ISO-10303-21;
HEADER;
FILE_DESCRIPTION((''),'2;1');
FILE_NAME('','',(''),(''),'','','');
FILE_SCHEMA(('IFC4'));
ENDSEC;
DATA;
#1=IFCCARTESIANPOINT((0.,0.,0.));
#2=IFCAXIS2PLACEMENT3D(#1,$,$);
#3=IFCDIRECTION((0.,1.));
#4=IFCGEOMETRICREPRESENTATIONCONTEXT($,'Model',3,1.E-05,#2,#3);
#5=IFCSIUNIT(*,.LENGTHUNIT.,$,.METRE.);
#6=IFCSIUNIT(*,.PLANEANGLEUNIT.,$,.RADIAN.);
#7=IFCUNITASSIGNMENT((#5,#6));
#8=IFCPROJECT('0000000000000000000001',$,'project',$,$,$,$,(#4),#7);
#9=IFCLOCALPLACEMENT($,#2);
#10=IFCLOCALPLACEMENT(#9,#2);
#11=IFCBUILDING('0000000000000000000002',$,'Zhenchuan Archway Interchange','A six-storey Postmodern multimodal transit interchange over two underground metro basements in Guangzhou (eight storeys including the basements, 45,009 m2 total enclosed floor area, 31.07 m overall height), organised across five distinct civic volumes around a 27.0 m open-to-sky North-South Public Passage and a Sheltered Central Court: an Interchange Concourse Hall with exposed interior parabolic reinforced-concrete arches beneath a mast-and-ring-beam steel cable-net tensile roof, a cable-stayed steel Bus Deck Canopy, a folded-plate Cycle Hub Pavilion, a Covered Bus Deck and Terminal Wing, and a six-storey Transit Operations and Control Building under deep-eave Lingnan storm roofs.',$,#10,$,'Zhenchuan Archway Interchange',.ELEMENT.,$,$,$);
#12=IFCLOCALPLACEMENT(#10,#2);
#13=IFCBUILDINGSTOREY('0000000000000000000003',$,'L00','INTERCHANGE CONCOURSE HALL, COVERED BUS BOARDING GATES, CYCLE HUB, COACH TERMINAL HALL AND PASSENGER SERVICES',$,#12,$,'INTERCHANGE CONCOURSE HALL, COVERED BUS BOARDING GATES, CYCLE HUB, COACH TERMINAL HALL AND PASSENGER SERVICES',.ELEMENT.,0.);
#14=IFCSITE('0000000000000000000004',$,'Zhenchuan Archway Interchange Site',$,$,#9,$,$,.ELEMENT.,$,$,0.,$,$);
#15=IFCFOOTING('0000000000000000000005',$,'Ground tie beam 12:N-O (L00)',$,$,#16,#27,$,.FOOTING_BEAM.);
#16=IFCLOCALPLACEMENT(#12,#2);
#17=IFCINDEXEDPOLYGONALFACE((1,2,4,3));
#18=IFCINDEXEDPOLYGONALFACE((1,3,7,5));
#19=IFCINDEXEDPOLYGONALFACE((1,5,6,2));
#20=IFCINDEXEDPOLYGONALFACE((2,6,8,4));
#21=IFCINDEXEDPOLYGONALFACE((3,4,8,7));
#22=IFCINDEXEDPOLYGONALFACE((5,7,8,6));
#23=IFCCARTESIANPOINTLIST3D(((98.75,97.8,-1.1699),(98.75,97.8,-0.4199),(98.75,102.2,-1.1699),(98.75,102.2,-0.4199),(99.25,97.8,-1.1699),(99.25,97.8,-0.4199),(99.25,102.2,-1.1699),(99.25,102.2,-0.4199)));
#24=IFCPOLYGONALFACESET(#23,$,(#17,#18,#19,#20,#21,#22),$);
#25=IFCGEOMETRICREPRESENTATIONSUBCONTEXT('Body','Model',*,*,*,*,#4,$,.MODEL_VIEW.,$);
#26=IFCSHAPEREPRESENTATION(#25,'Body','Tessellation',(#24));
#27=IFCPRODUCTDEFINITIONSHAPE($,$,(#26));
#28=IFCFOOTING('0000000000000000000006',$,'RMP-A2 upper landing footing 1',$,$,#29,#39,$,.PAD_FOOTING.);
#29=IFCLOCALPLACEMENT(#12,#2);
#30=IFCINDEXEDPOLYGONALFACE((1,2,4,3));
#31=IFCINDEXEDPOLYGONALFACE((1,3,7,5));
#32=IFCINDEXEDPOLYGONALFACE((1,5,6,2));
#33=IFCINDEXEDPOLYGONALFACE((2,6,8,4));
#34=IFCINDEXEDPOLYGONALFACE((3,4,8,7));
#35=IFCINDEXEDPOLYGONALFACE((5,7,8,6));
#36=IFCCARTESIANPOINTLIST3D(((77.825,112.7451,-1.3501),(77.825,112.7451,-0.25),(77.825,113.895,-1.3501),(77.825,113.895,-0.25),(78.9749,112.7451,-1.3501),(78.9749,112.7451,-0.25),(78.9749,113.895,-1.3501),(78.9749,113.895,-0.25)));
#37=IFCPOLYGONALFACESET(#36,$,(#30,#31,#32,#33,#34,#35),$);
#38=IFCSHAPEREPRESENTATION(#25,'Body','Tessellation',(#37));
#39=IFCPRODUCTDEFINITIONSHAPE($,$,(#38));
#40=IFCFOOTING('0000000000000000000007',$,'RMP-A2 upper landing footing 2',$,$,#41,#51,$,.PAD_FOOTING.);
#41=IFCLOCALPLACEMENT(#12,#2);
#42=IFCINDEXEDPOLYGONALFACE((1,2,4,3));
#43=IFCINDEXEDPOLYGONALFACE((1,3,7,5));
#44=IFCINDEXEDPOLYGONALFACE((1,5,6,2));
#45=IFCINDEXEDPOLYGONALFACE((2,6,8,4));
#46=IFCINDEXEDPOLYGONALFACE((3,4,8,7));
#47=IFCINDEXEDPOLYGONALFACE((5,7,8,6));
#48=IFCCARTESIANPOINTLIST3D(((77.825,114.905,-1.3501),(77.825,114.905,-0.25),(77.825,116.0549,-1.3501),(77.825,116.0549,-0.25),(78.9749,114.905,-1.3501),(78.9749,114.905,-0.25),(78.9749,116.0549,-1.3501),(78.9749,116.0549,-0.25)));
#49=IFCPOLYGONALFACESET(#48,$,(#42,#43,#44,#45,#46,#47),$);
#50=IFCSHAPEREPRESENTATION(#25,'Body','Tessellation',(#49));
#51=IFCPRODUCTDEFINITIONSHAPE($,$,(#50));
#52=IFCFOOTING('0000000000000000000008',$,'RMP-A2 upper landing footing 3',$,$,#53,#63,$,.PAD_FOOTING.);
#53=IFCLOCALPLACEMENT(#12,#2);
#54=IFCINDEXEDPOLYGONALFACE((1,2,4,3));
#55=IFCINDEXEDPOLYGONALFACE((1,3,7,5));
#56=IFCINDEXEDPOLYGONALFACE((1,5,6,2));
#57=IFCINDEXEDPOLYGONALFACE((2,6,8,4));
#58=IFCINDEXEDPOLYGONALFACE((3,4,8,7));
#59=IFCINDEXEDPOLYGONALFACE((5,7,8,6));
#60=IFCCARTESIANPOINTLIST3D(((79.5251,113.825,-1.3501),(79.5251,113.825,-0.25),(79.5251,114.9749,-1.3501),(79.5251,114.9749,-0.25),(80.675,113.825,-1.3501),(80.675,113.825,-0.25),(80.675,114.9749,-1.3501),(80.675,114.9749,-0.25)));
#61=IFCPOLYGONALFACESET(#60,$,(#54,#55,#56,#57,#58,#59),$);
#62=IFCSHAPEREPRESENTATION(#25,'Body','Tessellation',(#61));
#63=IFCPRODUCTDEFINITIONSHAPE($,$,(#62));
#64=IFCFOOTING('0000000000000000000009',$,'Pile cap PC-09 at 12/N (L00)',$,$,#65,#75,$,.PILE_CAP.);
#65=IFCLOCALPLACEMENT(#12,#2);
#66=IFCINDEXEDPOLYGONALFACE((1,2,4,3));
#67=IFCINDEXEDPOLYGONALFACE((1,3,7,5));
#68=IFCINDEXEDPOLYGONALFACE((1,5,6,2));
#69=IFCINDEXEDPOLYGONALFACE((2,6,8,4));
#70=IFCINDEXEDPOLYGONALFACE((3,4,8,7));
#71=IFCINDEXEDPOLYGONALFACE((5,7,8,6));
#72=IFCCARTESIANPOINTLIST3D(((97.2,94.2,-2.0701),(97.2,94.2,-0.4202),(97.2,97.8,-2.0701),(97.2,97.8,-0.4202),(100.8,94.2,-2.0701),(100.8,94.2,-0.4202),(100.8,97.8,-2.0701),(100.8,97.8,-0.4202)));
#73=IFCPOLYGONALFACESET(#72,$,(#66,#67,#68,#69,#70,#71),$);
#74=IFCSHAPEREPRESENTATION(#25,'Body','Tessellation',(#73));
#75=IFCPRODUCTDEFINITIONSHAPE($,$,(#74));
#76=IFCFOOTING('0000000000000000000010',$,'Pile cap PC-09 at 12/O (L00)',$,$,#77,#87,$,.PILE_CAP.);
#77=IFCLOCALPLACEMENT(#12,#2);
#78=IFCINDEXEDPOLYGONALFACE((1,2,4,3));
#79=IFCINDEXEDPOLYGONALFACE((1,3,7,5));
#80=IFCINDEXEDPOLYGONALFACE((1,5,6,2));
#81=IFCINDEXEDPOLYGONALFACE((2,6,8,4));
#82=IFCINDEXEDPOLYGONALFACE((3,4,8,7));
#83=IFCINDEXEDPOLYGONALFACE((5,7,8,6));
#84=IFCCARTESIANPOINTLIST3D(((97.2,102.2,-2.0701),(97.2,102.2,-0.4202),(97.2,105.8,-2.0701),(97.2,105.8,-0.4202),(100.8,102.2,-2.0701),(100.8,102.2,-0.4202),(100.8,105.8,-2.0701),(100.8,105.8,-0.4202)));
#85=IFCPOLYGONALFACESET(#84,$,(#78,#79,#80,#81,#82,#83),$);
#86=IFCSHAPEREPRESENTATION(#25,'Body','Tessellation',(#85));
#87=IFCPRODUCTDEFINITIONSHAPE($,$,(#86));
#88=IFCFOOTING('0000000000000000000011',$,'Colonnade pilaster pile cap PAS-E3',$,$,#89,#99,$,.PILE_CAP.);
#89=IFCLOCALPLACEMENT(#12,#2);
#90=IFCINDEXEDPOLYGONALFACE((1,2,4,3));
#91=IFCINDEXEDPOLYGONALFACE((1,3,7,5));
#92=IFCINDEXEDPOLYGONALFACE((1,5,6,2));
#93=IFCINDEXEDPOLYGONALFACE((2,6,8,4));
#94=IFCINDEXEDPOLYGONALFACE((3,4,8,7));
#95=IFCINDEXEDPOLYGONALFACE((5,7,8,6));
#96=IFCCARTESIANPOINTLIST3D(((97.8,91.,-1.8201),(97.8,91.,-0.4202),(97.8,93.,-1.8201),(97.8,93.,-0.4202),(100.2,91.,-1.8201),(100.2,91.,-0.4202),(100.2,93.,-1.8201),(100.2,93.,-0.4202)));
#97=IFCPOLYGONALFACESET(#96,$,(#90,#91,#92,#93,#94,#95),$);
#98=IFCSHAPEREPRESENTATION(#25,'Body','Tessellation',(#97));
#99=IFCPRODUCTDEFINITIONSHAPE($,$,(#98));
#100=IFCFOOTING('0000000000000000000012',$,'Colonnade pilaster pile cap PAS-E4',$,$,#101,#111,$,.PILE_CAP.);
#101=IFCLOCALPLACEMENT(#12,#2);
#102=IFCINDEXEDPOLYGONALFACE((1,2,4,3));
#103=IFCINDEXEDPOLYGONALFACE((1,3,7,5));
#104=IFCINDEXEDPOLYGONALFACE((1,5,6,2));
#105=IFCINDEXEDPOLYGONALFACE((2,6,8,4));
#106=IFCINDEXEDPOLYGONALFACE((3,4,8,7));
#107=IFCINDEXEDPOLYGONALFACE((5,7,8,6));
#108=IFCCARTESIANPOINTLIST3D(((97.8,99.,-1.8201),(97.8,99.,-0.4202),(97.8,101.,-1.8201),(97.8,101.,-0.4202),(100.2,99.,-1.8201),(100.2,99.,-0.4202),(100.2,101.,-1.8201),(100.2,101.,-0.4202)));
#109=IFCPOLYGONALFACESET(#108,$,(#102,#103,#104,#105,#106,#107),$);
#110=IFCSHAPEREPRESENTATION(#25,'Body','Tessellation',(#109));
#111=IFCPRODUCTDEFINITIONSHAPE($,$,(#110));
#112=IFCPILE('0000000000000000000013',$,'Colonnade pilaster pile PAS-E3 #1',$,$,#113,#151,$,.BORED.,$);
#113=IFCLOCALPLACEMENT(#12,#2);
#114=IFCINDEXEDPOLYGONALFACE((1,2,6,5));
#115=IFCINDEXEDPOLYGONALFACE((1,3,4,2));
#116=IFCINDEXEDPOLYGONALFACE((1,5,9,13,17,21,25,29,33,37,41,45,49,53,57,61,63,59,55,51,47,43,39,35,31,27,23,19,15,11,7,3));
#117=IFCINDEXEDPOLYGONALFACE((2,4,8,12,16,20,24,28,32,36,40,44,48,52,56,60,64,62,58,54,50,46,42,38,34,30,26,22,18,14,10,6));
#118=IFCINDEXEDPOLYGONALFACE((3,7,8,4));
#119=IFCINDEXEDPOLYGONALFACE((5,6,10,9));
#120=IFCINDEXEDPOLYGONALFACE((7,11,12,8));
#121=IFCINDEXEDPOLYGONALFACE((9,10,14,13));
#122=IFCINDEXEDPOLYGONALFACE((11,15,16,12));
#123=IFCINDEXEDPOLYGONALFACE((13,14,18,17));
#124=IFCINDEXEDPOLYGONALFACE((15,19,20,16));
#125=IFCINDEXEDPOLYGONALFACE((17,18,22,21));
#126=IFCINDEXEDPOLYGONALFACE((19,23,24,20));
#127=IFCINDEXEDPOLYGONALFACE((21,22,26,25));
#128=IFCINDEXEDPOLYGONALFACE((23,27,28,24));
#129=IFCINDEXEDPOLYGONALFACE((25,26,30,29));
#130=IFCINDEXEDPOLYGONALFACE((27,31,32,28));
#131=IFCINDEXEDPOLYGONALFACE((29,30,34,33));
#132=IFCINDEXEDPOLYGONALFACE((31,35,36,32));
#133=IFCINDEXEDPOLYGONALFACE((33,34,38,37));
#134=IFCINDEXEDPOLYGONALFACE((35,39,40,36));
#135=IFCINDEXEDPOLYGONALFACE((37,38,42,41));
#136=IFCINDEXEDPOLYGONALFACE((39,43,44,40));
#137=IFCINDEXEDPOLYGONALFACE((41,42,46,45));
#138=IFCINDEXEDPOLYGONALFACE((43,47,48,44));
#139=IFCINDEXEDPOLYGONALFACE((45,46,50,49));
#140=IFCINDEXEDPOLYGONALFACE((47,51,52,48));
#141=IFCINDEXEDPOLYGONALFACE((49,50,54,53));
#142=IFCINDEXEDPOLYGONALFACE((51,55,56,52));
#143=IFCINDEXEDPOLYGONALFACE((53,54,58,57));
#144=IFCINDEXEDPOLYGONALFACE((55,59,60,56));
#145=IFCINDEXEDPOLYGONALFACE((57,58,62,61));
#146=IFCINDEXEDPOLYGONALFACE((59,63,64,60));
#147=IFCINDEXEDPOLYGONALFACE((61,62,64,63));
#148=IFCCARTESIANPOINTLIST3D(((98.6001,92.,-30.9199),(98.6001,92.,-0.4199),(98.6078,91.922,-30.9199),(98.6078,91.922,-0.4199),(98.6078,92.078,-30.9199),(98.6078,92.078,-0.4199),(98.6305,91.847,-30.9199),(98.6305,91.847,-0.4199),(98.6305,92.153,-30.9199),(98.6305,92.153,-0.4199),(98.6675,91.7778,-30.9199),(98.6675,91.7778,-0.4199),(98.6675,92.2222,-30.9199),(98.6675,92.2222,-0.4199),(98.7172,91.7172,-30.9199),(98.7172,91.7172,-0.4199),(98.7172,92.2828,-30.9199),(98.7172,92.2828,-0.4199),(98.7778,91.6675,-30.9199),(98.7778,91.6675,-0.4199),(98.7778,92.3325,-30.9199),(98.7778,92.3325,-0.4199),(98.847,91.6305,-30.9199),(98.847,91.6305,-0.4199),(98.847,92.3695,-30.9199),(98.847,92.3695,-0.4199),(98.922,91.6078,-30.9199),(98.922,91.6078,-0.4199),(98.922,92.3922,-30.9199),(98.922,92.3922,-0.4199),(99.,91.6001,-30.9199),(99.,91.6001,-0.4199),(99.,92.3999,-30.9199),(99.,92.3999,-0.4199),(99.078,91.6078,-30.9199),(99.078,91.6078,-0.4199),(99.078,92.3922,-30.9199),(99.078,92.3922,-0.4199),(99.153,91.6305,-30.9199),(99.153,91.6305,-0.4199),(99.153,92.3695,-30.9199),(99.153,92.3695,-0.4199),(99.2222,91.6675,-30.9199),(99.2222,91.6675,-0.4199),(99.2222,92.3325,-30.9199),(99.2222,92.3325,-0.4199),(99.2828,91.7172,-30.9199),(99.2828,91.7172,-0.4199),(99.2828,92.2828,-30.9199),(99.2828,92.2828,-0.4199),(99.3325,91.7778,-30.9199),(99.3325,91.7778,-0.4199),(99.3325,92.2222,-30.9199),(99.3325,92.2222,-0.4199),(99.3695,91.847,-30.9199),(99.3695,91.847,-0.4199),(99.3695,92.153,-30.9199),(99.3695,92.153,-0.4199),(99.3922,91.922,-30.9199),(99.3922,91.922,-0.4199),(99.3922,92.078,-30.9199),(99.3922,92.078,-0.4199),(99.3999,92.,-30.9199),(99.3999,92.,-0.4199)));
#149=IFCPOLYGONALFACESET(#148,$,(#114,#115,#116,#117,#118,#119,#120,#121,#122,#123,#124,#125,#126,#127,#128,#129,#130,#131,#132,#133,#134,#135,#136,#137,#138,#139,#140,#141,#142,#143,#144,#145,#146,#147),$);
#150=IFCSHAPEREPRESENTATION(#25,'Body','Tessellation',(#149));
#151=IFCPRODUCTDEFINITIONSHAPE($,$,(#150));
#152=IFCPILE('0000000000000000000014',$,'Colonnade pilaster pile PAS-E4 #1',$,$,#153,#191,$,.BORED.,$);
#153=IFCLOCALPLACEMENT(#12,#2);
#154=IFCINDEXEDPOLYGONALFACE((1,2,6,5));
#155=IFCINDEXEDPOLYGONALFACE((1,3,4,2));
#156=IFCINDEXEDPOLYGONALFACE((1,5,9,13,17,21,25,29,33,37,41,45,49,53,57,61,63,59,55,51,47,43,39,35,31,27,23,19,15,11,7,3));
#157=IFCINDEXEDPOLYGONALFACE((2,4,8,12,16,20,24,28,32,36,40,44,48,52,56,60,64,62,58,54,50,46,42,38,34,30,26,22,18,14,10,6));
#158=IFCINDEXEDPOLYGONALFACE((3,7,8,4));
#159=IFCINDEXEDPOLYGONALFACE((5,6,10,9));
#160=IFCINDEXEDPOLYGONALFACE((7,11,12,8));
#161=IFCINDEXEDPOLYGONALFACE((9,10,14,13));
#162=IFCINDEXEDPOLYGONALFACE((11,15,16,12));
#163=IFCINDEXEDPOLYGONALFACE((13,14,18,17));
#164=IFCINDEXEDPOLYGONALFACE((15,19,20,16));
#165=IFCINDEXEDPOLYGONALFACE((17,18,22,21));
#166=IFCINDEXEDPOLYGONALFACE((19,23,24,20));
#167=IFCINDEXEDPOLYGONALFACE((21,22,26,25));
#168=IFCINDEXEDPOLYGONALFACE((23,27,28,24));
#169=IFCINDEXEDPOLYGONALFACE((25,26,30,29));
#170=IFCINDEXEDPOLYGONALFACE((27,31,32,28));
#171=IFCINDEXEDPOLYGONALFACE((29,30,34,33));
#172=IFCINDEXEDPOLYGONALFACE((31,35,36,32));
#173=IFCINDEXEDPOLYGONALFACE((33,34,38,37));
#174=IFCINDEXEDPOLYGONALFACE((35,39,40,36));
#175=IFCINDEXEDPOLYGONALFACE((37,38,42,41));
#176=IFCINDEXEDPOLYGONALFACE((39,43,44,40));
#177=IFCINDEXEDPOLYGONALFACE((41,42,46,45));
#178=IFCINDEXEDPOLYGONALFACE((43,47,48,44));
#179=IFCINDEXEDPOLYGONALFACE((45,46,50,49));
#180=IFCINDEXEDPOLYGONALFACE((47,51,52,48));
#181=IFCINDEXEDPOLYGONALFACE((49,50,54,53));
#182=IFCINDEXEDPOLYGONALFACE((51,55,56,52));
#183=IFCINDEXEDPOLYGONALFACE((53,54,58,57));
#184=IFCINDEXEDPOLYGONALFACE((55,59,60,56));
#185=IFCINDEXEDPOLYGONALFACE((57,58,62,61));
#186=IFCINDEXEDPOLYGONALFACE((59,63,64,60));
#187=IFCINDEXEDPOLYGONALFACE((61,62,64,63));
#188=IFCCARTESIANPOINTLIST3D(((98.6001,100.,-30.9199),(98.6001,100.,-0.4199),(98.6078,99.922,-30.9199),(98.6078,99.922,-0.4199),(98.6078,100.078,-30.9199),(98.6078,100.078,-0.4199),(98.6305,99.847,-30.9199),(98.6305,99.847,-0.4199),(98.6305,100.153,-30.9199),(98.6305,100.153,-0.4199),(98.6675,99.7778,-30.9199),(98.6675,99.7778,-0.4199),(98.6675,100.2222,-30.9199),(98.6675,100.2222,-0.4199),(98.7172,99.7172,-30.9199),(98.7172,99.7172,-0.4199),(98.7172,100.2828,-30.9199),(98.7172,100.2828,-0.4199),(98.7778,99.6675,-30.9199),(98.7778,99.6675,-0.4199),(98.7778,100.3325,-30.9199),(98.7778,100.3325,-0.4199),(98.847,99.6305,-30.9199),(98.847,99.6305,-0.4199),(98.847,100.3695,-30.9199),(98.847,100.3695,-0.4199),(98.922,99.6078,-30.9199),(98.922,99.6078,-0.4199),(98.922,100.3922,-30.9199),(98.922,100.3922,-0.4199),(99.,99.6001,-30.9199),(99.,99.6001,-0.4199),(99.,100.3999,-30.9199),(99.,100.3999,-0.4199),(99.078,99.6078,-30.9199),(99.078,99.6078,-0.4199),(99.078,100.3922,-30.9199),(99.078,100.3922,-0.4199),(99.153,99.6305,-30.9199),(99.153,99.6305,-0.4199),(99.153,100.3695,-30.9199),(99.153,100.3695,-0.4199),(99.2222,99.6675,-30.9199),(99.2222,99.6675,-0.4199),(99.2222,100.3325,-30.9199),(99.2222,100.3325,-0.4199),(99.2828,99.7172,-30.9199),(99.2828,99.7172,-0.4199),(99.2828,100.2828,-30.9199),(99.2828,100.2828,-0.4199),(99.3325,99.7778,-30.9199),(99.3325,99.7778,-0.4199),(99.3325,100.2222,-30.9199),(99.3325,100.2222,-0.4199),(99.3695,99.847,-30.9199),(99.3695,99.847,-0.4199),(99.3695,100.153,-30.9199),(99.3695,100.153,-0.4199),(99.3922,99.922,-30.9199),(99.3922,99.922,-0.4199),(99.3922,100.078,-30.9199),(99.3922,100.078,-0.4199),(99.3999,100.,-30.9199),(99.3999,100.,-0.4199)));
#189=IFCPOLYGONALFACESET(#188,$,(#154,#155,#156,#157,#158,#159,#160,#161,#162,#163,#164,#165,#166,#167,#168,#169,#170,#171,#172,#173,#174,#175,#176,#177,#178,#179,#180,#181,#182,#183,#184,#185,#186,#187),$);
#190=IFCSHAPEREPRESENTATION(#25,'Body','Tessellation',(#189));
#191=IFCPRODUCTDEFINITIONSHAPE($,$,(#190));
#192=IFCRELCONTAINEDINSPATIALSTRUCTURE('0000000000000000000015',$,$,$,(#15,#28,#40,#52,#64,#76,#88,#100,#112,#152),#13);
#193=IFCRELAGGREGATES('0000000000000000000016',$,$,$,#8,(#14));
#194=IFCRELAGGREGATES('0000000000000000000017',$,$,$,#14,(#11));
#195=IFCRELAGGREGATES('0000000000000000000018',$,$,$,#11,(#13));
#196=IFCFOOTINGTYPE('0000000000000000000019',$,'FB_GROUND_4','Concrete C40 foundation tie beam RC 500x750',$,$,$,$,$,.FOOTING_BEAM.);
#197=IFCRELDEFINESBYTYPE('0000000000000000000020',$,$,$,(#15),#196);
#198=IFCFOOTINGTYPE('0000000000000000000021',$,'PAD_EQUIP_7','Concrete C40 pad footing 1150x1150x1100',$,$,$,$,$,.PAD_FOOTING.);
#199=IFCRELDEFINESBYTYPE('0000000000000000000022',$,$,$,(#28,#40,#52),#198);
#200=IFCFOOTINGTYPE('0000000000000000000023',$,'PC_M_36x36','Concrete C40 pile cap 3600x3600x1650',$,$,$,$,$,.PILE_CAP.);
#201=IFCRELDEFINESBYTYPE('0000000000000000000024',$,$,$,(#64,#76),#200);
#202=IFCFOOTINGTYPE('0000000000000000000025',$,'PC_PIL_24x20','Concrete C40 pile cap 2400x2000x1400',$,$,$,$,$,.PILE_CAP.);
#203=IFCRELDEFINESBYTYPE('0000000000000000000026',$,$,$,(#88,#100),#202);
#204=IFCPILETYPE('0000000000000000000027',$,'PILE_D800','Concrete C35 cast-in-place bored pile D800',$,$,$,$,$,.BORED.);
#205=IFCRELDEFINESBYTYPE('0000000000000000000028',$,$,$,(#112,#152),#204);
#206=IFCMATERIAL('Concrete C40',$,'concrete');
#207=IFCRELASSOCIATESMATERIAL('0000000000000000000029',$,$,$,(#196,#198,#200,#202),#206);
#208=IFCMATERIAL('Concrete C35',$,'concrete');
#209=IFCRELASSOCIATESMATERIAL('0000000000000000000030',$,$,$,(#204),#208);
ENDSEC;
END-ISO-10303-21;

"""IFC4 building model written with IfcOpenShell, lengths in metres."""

from ifc_helpers import new_model, si_unit, direction, frame, origin, origin_2d, place, context, subcontext, project, spatial, rectangle, circle, extrude, material, material_profile, profile_set, type_object, element, save


model = new_model("IFC4")

# Units and contexts
model_context = context("Model", 3, precision=1e-05, world=origin(), true_north=direction((0.0, 1.0)))
body_context = subcontext(model_context, "Body", "Model", "MODEL_VIEW")
ifc_project = project(units=[si_unit("LENGTHUNIT", "METRE"), si_unit("PLANEANGLEUNIT", "RADIAN")], contexts=[model_context])

# Site, building, storey
site_placement = place(None, origin())
site = spatial("IfcSite", under=ifc_project, at=site_placement, Name="Zhenchuan Archway Interchange Site", CompositionType="ELEMENT", RefElevation=0.0)
building_placement = place(site_placement, origin())
building = spatial("IfcBuilding", under=site, at=building_placement, Name="Zhenchuan Archway Interchange", Description="A six-storey Postmodern multimodal transit interchange over two underground metro basements in Guangzhou (eight storeys including the basements, 45,009 m2 total enclosed floor area, 31.07 m overall height), organised across five distinct civic volumes around a 27.0 m open-to-sky North-South Public Passage and a Sheltered Central Court: an Interchange Concourse Hall with exposed interior parabolic reinforced-concrete arches beneath a mast-and-ring-beam steel cable-net tensile roof, a cable-stayed steel Bus Deck Canopy, a folded-plate Cycle Hub Pavilion, a Covered Bus Deck and Terminal Wing, and a six-storey Transit Operations and Control Building under deep-eave Lingnan storm roofs.", LongName="Zhenchuan Archway Interchange", CompositionType="ELEMENT")
storey_placement = place(building_placement, origin())
storey = spatial("IfcBuildingStorey", under=building, at=storey_placement, Name="L00", Description="INTERCHANGE CONCOURSE HALL, COVERED BUS BOARDING GATES, CYCLE HUB, COACH TERMINAL HALL AND PASSENGER SERVICES", LongName="INTERCHANGE CONCOURSE HALL, COVERED BUS BOARDING GATES, CYCLE HUB, COACH TERMINAL HALL AND PASSENGER SERVICES", CompositionType="ELEMENT", Elevation=0.0)

# Footings
ifc_material_1 = material(Name="Concrete C40", Category="concrete")
ifc_material_profile_1 = material_profile(ifc_material_1, rectangle(XDim=0.5, YDim=0.75, at=origin_2d()), Name="RC 500x750")
ifc_profile_set_1 = profile_set([ifc_material_profile_1], Name="Concrete C40")
footing_type_1 = type_object("IfcFootingType", Name="FB_GROUND_4", Description="Concrete C40 foundation tie beam RC 500x750", PredefinedType="FOOTING_BEAM", material=ifc_profile_set_1)
footing_placement = place(storey_placement, frame((99.0, 97.8, -0.7949), z_axis=(0.0, 1.0, 0.0), x_axis=(-1.0, 0.0, 0.0)))
element("IfcFooting", 1, at=footing_placement, inside=storey, type_object=footing_type_1, Name="Ground tie beam 12:N-O (L00)", PredefinedType="FOOTING_BEAM", context=body_context, shape_type="SweptSolid", body=[
    extrude(rectangle(XDim=0.5, YDim=0.75, at=origin_2d()), origin(), (0.0, 0.0, 1.0), 4.3999),
])
footing_type_2 = type_object("IfcFootingType", Name="PAD_EQUIP_7", Description="Concrete C40 pad footing 1150x1150x1100", PredefinedType="PAD_FOOTING", material=ifc_material_1)
for number, where, z_axis, x_axis, name in (
    (2, (78.3999, 113.3201, -1.3501), (0.0, 0.0, 1.0), (1.0, 0.0, 0.0), "RMP-A2 upper landing footing 1"),
    (3, (78.3999, 115.48, -1.3501), (0.0, 0.0, 1.0), (1.0, 0.0, 0.0), "RMP-A2 upper landing footing 2"),
    (4, (80.1001, 114.3999, -1.3501), (0.0, 0.0, 1.0), (1.0, 0.0, 0.0), "RMP-A2 upper landing footing 3"),
):
    element("IfcFooting", number, at=place(storey_placement, frame(where, z_axis=z_axis, x_axis=x_axis)), inside=storey, type_object=footing_type_2, Name=name, PredefinedType="PAD_FOOTING", context=body_context, shape_type="SweptSolid", body=[
        extrude(rectangle(XDim=1.1499, YDim=1.1499, at=origin_2d()), origin(), (0.0, 0.0, 1.0), 1.1001),
    ])
footing_type_3 = type_object("IfcFootingType", Name="PC_M_36x36", Description="Concrete C40 pile cap 3600x3600x1650", PredefinedType="PILE_CAP", material=ifc_material_1)
for number, where, z_axis, x_axis, name in (
    (5, (99.0, 96.0, -2.0701), (0.0, 0.0, 1.0), (1.0, 0.0, 0.0), "Pile cap PC-09 at 12/N (L00)"),
    (6, (99.0, 104.0, -2.0701), (0.0, 0.0, 1.0), (1.0, 0.0, 0.0), "Pile cap PC-09 at 12/O (L00)"),
):
    element("IfcFooting", number, at=place(storey_placement, frame(where, z_axis=z_axis, x_axis=x_axis)), inside=storey, type_object=footing_type_3, Name=name, PredefinedType="PILE_CAP", context=body_context, shape_type="SweptSolid", body=[
        extrude(rectangle(XDim=3.6001, YDim=3.6001, at=origin_2d()), origin(), (0.0, 0.0, 1.0), 1.6499),
    ])
footing_type_4 = type_object("IfcFootingType", Name="PC_PIL_24x20", Description="Concrete C40 pile cap 2400x2000x1400", PredefinedType="PILE_CAP", material=ifc_material_1)
for number, where, z_axis, x_axis, name in (
    (7, (99.0, 92.0, -1.8201), (0.0, 0.0, 1.0), (1.0, 0.0, 0.0), "Colonnade pilaster pile cap PAS-E3"),
    (8, (99.0, 100.0, -1.8201), (0.0, 0.0, 1.0), (1.0, 0.0, 0.0), "Colonnade pilaster pile cap PAS-E4"),
):
    element("IfcFooting", number, at=place(storey_placement, frame(where, z_axis=z_axis, x_axis=x_axis)), inside=storey, type_object=footing_type_4, Name=name, PredefinedType="PILE_CAP", context=body_context, shape_type="SweptSolid", body=[
        extrude(rectangle(XDim=2.3999, YDim=2.0, at=origin_2d()), origin(), (0.0, 0.0, 1.0), 1.3999),
    ])

# Piles
ifc_material_2 = material(Name="Concrete C35", Category="concrete")
ifc_material_profile_2 = material_profile(ifc_material_2, circle(Radius=0.3999, at=origin_2d()), Name="BORED PILE 800")
ifc_profile_set_2 = profile_set([ifc_material_profile_2], Name="Concrete C35")
pile_type_1 = type_object("IfcPileType", Name="PILE_D800", Description="Concrete C35 cast-in-place bored pile D800", PredefinedType="BORED", material=ifc_profile_set_2)
for number, where, z_axis, x_axis, name in (
    (9, (99.0, 92.0, -0.4199), (0.0, 0.0, -1.0), (1.0, 0.0, 0.0), "Colonnade pilaster pile PAS-E3 #1"),
    (10, (99.0, 100.0, -0.4199), (0.0, 0.0, -1.0), (1.0, 0.0, 0.0), "Colonnade pilaster pile PAS-E4 #1"),
):
    element("IfcPile", number, at=place(storey_placement, frame(where, z_axis=z_axis, x_axis=x_axis)), inside=storey, type_object=pile_type_1, Name=name, PredefinedType="BORED", context=body_context, shape_type="SweptSolid", body=[
        extrude(circle(Radius=0.3999, at=origin_2d()), origin(), (0.0, 0.0, 1.0), 30.5),
    ])

save(model, "model.ifc")
